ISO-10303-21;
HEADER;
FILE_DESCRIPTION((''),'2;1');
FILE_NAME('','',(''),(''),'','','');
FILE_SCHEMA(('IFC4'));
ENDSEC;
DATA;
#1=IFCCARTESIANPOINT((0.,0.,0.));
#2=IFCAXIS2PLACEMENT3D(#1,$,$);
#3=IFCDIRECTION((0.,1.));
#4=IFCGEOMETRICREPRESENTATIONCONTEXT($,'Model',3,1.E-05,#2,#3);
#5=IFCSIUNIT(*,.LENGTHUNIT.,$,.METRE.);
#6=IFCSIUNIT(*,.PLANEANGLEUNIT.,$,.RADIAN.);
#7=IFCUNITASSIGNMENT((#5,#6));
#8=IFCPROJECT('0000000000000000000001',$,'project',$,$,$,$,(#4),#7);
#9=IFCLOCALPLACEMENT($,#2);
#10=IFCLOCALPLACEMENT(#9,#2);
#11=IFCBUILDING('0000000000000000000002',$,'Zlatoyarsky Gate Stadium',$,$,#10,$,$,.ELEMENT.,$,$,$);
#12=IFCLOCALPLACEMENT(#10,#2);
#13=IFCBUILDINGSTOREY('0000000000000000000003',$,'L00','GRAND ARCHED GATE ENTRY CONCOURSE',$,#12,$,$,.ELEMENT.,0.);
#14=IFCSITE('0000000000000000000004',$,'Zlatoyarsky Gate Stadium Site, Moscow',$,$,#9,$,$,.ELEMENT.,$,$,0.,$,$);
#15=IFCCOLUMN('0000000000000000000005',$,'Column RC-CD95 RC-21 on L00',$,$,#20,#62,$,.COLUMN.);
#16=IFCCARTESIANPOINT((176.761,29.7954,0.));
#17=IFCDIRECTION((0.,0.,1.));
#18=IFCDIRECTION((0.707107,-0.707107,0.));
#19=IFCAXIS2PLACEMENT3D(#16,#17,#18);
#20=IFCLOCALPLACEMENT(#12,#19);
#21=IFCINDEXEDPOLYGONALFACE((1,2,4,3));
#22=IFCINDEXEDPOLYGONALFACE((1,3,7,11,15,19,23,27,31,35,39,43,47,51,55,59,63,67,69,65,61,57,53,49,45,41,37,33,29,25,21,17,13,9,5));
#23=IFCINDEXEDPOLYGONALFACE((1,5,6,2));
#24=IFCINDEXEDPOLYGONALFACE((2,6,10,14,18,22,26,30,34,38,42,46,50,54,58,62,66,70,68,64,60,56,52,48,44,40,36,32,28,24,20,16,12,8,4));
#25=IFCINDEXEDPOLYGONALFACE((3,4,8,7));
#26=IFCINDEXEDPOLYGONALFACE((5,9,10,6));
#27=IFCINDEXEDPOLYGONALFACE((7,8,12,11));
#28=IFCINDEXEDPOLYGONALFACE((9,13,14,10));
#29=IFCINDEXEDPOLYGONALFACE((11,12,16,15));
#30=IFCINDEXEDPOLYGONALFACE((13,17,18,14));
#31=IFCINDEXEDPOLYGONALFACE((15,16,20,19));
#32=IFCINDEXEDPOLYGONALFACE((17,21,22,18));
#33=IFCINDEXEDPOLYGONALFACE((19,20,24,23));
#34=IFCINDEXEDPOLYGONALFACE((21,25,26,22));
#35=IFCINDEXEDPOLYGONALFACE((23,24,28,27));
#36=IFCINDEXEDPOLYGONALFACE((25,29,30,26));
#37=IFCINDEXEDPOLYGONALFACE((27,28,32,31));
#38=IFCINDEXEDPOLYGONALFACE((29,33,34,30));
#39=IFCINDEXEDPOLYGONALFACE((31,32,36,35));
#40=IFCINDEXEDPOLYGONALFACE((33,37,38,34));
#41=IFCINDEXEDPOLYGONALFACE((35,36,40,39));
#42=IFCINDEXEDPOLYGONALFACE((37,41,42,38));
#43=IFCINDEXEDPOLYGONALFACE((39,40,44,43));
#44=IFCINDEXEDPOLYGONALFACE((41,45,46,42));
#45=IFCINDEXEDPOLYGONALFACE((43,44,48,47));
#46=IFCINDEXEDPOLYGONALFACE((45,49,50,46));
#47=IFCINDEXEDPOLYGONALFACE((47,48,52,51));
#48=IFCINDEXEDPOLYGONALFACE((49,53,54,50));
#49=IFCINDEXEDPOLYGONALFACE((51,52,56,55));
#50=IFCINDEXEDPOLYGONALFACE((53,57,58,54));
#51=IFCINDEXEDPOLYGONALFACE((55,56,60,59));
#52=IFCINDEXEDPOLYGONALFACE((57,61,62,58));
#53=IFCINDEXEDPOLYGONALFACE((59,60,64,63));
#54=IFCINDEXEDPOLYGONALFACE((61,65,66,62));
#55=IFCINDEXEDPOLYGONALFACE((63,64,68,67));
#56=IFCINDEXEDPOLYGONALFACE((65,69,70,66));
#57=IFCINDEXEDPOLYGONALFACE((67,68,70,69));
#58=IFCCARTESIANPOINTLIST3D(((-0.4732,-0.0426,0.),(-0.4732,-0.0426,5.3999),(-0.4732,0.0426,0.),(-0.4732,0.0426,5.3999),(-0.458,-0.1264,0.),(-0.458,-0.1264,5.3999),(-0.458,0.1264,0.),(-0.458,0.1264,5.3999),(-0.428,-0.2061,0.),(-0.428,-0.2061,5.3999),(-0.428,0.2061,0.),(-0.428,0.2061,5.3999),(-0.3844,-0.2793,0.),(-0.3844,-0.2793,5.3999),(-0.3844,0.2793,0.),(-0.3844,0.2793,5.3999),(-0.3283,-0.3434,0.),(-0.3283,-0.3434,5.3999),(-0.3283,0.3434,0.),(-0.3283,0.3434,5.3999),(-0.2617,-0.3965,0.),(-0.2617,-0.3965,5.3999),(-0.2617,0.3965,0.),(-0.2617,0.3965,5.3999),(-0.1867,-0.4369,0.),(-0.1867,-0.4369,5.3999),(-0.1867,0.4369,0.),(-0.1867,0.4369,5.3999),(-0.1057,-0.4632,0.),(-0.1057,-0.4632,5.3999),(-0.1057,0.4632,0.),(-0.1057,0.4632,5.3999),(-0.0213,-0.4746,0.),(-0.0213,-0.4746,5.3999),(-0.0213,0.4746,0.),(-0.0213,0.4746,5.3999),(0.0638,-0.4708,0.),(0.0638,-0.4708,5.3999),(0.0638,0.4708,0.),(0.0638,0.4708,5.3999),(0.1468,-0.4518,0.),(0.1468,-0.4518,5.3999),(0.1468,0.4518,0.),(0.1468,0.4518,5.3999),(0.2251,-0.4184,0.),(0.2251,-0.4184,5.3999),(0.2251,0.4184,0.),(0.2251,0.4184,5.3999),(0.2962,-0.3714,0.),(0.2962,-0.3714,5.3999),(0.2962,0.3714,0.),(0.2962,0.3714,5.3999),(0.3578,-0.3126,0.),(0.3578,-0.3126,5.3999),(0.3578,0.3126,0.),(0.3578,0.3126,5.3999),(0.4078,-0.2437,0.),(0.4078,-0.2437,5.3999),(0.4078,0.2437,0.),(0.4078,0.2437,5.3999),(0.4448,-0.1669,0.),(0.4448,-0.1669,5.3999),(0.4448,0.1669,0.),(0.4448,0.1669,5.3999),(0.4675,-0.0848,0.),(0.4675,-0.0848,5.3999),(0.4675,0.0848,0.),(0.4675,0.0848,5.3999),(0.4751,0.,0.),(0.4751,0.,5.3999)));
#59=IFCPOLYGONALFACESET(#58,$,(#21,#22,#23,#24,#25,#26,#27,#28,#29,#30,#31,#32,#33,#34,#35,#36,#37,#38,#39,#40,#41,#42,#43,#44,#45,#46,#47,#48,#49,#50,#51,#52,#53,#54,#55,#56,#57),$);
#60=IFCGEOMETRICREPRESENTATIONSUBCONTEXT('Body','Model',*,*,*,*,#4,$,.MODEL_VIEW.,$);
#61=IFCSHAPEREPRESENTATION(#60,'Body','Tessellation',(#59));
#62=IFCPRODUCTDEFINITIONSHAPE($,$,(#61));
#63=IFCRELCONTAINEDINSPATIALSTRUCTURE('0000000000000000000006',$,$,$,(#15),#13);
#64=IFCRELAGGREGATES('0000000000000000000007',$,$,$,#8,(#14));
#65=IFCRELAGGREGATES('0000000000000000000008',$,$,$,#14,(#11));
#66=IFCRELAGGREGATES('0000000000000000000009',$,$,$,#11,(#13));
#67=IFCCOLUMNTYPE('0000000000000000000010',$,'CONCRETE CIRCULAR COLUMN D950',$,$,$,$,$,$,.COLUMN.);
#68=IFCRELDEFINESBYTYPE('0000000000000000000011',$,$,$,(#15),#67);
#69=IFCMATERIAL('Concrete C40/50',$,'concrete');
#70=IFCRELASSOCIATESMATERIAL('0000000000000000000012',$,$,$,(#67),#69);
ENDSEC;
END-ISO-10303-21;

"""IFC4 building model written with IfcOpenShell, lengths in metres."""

from ifc_helpers import new_model, si_unit, direction, frame, origin, origin_2d, place, context, subcontext, project, spatial, circle, extrude, material, material_profile, profile_set, type_object, element, save


model = new_model("IFC4")

# Units and contexts
model_context = context("Model", 3, precision=1e-05, world=origin(), true_north=direction((0.0, 1.0)))
body_context = subcontext(model_context, "Body", "Model", "MODEL_VIEW")
ifc_project = project(units=[si_unit("LENGTHUNIT", "METRE"), si_unit("PLANEANGLEUNIT", "RADIAN")], contexts=[model_context])

# Site, building, storey
site_placement = place(None, origin())
site = spatial("IfcSite", under=ifc_project, at=site_placement, Name="Zlatoyarsky Gate Stadium Site, Moscow", CompositionType="ELEMENT", RefElevation=0.0)
building_placement = place(site_placement, origin())
building = spatial("IfcBuilding", under=site, at=building_placement, Name="Zlatoyarsky Gate Stadium", CompositionType="ELEMENT")
storey_placement = place(building_placement, origin())
storey = spatial("IfcBuildingStorey", under=building, at=storey_placement, Name="L00", Description="GRAND ARCHED GATE ENTRY CONCOURSE", CompositionType="ELEMENT", Elevation=0.0)

# Column
ifc_material_1 = material(Name="Concrete C40/50", Category="concrete")
ifc_material_profile_1 = material_profile(ifc_material_1, circle(Radius=0.4751, at=origin_2d()), Name="RC COL D950")
ifc_profile_set_1 = profile_set([ifc_material_profile_1], Name="Concrete C40/50")
column_type_1 = type_object("IfcColumnType", Name="CONCRETE CIRCULAR COLUMN D950", PredefinedType="COLUMN", material=ifc_profile_set_1)
column_1_placement = place(storey_placement, frame((176.761, 29.7954, 0.0), z_axis=(0.0, 0.0, 1.0), x_axis=(0.707107, -0.707107, 0.0)))
element("IfcColumn", 1, at=column_1_placement, inside=storey, type_object=column_type_1, Name="Column RC-CD95 RC-21 on L00", PredefinedType="COLUMN", context=body_context, shape_type="SweptSolid", body=[
    extrude(circle(Radius=0.4751, at=origin_2d()), origin(), (0.0, 0.0, 1.0), 5.3999),
])

save(model, "model.ifc")
